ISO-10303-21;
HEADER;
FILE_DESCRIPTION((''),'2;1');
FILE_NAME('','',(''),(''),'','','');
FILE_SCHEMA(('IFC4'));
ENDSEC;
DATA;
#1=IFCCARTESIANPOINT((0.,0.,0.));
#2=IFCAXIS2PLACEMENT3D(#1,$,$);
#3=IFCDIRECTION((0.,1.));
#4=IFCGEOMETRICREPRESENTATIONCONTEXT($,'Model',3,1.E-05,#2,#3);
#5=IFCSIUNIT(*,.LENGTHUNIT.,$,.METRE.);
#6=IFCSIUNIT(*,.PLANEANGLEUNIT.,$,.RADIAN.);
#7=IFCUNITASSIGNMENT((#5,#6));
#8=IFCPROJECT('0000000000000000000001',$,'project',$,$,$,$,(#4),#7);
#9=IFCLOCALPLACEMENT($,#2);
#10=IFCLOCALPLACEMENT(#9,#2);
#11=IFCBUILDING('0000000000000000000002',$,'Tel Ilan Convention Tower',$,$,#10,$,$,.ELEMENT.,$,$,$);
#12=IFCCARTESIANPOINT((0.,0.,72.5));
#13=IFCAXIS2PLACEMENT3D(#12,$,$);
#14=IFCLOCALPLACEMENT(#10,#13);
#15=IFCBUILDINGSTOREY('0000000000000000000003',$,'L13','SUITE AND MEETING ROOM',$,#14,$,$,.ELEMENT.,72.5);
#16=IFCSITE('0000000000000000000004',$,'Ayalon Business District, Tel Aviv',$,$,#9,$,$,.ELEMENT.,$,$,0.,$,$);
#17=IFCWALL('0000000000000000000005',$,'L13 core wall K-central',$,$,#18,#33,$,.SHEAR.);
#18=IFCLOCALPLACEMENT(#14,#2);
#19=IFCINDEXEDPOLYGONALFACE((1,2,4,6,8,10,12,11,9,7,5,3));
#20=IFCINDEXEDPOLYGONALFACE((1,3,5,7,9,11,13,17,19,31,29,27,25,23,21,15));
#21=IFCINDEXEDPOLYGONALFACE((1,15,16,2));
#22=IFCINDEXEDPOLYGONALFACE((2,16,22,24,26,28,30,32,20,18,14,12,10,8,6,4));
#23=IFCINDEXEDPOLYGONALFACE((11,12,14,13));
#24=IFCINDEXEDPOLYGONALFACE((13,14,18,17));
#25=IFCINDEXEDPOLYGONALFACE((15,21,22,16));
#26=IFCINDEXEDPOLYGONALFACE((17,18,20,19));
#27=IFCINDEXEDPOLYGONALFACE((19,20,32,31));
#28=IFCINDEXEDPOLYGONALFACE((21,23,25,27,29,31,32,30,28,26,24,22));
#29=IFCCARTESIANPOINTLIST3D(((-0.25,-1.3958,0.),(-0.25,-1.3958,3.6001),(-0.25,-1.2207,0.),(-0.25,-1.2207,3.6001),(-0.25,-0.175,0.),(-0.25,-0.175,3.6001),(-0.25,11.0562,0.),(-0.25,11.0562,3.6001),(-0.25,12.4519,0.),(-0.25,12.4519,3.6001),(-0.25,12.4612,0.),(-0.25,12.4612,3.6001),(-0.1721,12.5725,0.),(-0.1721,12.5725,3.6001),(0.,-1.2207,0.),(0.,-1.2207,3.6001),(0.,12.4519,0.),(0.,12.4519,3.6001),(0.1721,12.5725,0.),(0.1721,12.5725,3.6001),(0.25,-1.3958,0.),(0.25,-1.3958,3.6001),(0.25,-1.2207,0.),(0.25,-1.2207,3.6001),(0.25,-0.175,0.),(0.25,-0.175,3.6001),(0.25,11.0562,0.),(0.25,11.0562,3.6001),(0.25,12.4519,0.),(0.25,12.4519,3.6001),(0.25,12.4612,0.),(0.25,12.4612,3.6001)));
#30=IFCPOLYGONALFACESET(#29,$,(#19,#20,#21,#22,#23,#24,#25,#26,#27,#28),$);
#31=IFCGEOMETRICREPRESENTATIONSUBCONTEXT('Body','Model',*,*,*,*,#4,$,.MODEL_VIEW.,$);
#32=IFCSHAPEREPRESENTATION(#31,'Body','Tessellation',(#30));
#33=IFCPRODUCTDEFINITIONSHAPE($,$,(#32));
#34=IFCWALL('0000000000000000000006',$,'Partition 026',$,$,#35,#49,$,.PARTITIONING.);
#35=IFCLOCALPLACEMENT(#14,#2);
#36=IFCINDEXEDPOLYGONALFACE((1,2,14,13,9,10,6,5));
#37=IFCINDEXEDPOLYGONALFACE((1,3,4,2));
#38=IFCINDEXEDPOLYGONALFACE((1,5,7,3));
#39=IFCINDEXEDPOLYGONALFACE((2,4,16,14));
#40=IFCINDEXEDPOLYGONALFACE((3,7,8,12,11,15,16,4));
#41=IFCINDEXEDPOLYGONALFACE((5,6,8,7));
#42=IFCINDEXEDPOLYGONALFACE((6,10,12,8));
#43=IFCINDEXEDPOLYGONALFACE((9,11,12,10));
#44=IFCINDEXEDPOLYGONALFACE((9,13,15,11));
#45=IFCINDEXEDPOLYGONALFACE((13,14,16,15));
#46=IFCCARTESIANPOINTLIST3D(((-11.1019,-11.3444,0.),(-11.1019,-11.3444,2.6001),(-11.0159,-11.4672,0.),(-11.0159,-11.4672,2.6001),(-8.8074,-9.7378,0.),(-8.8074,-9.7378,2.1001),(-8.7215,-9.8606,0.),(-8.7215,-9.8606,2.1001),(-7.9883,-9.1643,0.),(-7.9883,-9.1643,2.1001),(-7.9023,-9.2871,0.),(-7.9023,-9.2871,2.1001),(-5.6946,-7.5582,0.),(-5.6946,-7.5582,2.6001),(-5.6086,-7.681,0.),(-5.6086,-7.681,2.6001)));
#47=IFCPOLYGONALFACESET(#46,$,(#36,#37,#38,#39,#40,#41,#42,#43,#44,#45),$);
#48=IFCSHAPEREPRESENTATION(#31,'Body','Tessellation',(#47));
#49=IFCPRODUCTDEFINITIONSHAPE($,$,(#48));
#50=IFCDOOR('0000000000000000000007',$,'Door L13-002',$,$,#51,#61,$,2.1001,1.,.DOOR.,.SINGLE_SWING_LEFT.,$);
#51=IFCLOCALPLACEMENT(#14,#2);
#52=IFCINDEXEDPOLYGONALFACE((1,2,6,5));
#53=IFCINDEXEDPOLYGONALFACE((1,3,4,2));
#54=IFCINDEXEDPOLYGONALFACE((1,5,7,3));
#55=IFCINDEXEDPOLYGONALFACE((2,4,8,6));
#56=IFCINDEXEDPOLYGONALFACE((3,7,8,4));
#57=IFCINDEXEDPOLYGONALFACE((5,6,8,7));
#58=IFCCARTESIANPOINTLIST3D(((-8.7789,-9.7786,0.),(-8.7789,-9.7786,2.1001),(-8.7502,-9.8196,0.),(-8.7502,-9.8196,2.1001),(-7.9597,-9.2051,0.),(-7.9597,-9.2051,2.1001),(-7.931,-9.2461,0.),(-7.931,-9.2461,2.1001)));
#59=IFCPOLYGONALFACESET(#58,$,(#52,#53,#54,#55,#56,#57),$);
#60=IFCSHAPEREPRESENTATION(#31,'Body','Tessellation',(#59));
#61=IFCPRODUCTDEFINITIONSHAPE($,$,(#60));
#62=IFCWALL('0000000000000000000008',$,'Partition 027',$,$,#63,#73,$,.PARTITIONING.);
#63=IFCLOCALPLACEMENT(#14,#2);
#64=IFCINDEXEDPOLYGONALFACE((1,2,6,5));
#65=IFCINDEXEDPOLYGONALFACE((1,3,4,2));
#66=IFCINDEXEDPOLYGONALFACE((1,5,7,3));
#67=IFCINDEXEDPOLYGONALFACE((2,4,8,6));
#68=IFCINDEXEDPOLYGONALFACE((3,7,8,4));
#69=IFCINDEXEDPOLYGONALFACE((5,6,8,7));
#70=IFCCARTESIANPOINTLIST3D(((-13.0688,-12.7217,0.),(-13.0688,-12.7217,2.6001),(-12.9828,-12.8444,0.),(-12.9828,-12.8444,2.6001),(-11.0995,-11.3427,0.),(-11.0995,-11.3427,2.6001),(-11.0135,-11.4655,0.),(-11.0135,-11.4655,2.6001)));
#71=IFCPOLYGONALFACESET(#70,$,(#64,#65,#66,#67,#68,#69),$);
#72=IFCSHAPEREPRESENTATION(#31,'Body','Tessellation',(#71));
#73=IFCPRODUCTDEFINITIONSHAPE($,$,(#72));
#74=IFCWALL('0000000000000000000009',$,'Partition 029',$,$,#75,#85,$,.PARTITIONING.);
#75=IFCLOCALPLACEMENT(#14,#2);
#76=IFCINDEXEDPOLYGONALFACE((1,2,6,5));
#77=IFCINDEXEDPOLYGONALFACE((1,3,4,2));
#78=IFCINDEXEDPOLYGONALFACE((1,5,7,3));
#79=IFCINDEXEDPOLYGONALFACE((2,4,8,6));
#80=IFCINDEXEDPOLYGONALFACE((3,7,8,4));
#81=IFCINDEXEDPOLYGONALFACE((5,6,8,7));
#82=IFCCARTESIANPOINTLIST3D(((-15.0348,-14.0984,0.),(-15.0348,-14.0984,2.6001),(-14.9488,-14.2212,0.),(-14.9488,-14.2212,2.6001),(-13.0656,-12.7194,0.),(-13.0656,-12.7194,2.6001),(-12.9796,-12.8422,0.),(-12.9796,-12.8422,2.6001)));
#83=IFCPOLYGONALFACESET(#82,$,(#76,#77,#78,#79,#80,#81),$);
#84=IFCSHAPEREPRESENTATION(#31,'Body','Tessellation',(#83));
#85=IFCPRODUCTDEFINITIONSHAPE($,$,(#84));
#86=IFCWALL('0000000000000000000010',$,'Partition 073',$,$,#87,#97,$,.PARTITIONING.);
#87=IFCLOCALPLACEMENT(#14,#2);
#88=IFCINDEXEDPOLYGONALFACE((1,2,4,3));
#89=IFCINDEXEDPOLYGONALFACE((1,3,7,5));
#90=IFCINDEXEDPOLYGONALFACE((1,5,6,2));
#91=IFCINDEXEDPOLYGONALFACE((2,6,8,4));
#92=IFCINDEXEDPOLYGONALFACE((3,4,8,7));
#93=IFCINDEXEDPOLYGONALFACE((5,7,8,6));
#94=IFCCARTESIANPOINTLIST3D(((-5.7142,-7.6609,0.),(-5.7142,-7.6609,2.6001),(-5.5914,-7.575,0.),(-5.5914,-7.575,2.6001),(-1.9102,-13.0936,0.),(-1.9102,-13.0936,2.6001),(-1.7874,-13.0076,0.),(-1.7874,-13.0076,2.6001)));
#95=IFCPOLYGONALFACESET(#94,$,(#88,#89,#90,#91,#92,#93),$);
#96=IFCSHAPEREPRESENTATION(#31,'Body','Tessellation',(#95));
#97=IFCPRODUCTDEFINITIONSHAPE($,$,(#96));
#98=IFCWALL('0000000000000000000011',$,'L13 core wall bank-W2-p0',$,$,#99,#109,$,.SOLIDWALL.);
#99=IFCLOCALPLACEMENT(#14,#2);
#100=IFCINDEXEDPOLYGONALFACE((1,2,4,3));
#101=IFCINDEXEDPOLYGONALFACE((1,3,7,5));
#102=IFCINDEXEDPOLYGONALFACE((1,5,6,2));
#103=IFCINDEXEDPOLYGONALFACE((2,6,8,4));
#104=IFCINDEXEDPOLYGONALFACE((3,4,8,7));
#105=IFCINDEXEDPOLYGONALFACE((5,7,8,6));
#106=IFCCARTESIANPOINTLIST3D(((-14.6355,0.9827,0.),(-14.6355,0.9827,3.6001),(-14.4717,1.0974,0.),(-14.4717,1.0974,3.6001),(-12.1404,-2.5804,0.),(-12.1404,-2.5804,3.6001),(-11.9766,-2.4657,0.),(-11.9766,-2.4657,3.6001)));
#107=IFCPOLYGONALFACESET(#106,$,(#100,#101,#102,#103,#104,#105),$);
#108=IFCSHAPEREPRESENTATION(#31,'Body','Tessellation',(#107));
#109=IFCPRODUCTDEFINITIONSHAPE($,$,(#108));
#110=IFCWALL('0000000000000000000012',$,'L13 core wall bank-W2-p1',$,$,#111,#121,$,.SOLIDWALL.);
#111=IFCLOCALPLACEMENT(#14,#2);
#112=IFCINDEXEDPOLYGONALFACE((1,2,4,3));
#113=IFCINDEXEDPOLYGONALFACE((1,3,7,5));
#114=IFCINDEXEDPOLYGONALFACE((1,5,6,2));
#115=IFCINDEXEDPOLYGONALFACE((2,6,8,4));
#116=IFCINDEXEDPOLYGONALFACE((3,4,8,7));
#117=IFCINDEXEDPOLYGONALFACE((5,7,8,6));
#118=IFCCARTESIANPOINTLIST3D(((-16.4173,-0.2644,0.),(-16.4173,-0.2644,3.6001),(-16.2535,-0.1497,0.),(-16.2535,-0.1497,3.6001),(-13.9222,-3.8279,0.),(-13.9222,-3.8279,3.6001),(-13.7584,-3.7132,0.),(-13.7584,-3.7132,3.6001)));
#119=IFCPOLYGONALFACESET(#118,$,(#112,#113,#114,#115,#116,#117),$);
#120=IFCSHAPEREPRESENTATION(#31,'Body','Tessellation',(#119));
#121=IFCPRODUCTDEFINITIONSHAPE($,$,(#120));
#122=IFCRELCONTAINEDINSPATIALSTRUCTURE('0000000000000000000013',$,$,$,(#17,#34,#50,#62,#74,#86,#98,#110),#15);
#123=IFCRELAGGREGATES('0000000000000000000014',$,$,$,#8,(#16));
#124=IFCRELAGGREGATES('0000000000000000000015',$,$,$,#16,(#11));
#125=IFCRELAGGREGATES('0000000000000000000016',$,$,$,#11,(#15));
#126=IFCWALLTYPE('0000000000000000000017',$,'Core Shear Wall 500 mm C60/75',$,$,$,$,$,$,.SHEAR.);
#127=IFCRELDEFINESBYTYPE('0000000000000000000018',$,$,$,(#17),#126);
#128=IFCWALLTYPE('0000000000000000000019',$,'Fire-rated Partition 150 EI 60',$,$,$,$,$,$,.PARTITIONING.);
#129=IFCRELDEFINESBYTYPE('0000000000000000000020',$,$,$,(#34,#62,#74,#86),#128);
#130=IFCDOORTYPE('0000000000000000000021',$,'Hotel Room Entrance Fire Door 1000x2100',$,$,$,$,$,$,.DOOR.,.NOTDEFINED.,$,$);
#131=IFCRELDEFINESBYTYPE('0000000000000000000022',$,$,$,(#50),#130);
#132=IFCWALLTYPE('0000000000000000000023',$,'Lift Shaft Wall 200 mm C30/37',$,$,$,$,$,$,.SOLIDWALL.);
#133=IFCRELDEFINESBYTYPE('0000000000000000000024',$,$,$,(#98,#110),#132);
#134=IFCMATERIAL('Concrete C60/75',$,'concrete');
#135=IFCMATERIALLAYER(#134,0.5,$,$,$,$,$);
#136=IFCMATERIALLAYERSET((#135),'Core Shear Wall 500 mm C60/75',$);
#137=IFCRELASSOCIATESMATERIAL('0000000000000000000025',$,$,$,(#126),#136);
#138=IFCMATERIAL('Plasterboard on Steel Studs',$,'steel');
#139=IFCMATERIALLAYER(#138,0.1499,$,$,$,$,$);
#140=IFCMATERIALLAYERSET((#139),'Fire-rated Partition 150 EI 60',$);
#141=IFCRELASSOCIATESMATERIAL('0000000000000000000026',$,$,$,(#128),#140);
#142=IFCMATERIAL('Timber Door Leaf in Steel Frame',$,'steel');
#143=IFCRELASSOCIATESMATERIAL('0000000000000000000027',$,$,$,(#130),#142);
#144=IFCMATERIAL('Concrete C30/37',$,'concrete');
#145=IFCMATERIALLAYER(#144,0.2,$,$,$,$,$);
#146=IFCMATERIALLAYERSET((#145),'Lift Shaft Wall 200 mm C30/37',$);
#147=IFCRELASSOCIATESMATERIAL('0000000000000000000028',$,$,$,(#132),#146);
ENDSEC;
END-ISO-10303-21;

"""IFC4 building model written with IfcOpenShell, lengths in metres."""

from ifc_helpers import new_model, si_unit, direction, frame, frame_2d, origin, place, context, subcontext, project, spatial, polyline, rectangle, outline, extrude, material, layer, layer_set, type_object, element, fill, save


model = new_model("IFC4")

# Units and contexts
model_context = context("Model", 3, precision=1e-05, world=origin(), true_north=direction((0.0, 1.0)))
body_context = subcontext(model_context, "Body", "Model", "MODEL_VIEW")
ifc_project = project(units=[si_unit("LENGTHUNIT", "METRE"), si_unit("PLANEANGLEUNIT", "RADIAN")], contexts=[model_context])

# Site, building, storey
site_placement = place(None, origin())
site = spatial("IfcSite", under=ifc_project, at=site_placement, Name="Ayalon Business District, Tel Aviv", CompositionType="ELEMENT", RefElevation=0.0)
building_placement = place(site_placement, origin())
building = spatial("IfcBuilding", under=site, at=building_placement, Name="Tel Ilan Convention Tower", CompositionType="ELEMENT")
storey_placement = place(building_placement, frame((0.0, 0.0, 72.5)))
storey = spatial("IfcBuildingStorey", under=building, at=storey_placement, Name="L13", Description="SUITE AND MEETING ROOM", CompositionType="ELEMENT", Elevation=72.5)

# Wall
ifc_material_1 = material(Name="Concrete C60/75", Category="concrete")
ifc_layer_1 = layer(ifc_material_1, 0.5)
ifc_layer_set_1 = layer_set([ifc_layer_1], Name="Core Shear Wall 500 mm C60/75")
wall_type_1 = type_object("IfcWallType", Name="Core Shear Wall 500 mm C60/75", PredefinedType="SHEAR", material=ifc_layer_set_1)
wall_1_placement = place(storey_placement, frame((0.0, -1.3958, 0.0), z_axis=(0.0, 0.0, 1.0), x_axis=(0.0, 1.0, 0.0)))
element("IfcWall", 1, at=wall_1_placement, inside=storey, type_object=wall_type_1, Name="L13 core wall K-central", PredefinedType="SHEAR", context=body_context, shape_type="SweptSolid", body=[
    extrude(outline(polyline([(0.0, -0.25), (0.175, -0.25), (1.2207, -0.25), (12.4519, -0.25), (13.8477, -0.25), (13.8569, -0.25), (13.9683, -0.1721), (13.8477, 0.0), (13.9683, 0.1721), (13.8569, 0.25), (13.8477, 0.25), (12.4519, 0.25), (1.2207, 0.25), (0.175, 0.25), (0.0, 0.25), (0.175, 0.0), (0.0, -0.25)])), origin(), (0.0, 0.0, 1.0), 3.6001),
])

# Wall, opening, door
ifc_material_2 = material(Name="Plasterboard on Steel Studs", Category="steel")
ifc_layer_2 = layer(ifc_material_2, 0.1499)
ifc_layer_set_2 = layer_set([ifc_layer_2], Name="Fire-rated Partition 150 EI 60")
wall_type_2 = type_object("IfcWallType", Name="Fire-rated Partition 150 EI 60", PredefinedType="PARTITIONING", material=ifc_layer_set_2)
wall_2_placement = place(storey_placement, frame((-5.6516, -7.6196, 0.0), z_axis=(0.0, 0.0, 1.0), x_axis=(-0.819155, -0.573572, 0.0)))
wall_2 = element("IfcWall", 2, at=wall_2_placement, inside=storey, type_object=wall_type_2, Name="Partition 026", PredefinedType="PARTITIONING", context=body_context, shape_type="SweptSolid", body=[
    extrude(rectangle(XDim=6.6011, YDim=0.1499, at=frame_2d((3.3005, 0.0))), origin(), (0.0, 0.0, 1.0), 2.6001),
])
opening_1_placement = place(wall_2_placement, frame((2.8, 0.0, 0.0)))
opening_1 = element("IfcOpeningElement", 3, at=opening_1_placement, cuts=wall_2, PredefinedType="OPENING", context=body_context, shape_type="SweptSolid", body=[
    extrude(rectangle(XDim=1.0, YDim=2.1001, at=frame_2d((0.5, 1.05))), frame((0.0, 0.085, 0.0), z_axis=(0.0, -1.0, 0.0), x_axis=(1.0, 0.0, 0.0)), (0.0, 0.0, 1.0), 0.1699),
])
ifc_material_3 = material(Name="Timber Door Leaf in Steel Frame", Category="steel")
door_type_1 = type_object("IfcDoorType", Name="Hotel Room Entrance Fire Door 1000x2100", OperationType="NOTDEFINED", PredefinedType="DOOR", material=ifc_material_3)
door_1_placement = place(opening_1_placement, origin())
door_1 = element("IfcDoor", 4, at=door_1_placement, inside=storey, type_object=door_type_1, Name="Door L13-002", OperationType="SINGLE_SWING_LEFT", OverallHeight=2.1001, OverallWidth=1.0, PredefinedType="DOOR", context=body_context, shape_type="SweptSolid", body=[
    extrude(rectangle(XDim=1.0, YDim=2.1001, at=frame_2d((0.5, 1.05))), frame((0.0, 0.0249, 0.0), z_axis=(0.0, -1.0, 0.0), x_axis=(1.0, 0.0, 0.0)), (0.0, 0.0, 1.0), 0.05),
])
fill(opening_1, door_1)

# Walls
for number, where, z_axis, x_axis, name in (
    (5, (-11.0564, -11.4041, 0.0), (0.0, 0.0, 1.0), (-0.819146, -0.573585, 0.0), "Partition 027"),
    (6, (-13.0225, -12.7808, 0.0), (0.0, 0.0, 1.0), (-0.819146, -0.573585, 0.0), "Partition 029"),
):
    element("IfcWall", number, at=place(storey_placement, frame(where, z_axis=z_axis, x_axis=x_axis)), inside=storey, type_object=wall_type_2, Name=name, PredefinedType="PARTITIONING", context=body_context, shape_type="SweptSolid", body=[
        extrude(rectangle(XDim=2.4041, YDim=0.1499, at=frame_2d((1.2021, 0.0))), origin(), (0.0, 0.0, 1.0), 2.6001),
    ])
wall_3_placement = place(storey_placement, frame((-1.8489, -13.0505, 0.0), z_axis=(0.0, 0.0, 1.0), x_axis=(-0.573576, 0.819152, 0.0)))
element("IfcWall", 7, at=wall_3_placement, inside=storey, type_object=wall_type_2, Name="Partition 073", PredefinedType="PARTITIONING", context=body_context, shape_type="SweptSolid", body=[
    extrude(rectangle(XDim=6.6321, YDim=0.1499, at=frame_2d((3.3159, 0.0))), origin(), (0.0, 0.0, 1.0), 2.6001),
])
ifc_material_4 = material(Name="Concrete C30/37", Category="concrete")
ifc_layer_3 = layer(ifc_material_4, 0.2)
ifc_layer_set_3 = layer_set([ifc_layer_3], Name="Lift Shaft Wall 200 mm C30/37")
wall_type_3 = type_object("IfcWallType", Name="Lift Shaft Wall 200 mm C30/37", PredefinedType="SOLIDWALL", material=ifc_layer_set_3)
wall_4_placement = place(storey_placement, frame((-12.0586, -2.5229, 0.0), z_axis=(0.0, 0.0, 1.0), x_axis=(-0.573594, 0.81914, 0.0)))
element("IfcWall", 8, at=wall_4_placement, inside=storey, type_object=wall_type_3, Name="L13 core wall bank-W2-p0", PredefinedType="SOLIDWALL", context=body_context, shape_type="SweptSolid", body=[
    extrude(rectangle(XDim=4.3499, YDim=0.2, at=frame_2d((2.1748, 0.0))), origin(), (0.0, 0.0, 1.0), 3.6001),
])
wall_5_placement = place(storey_placement, frame((-13.8403, -3.7705, 0.0), z_axis=(0.0, 0.0, 1.0), x_axis=(-0.573568, 0.819158, 0.0)))
element("IfcWall", 9, at=wall_5_placement, inside=storey, type_object=wall_type_3, Name="L13 core wall bank-W2-p1", PredefinedType="SOLIDWALL", context=body_context, shape_type="SweptSolid", body=[
    extrude(rectangle(XDim=4.3501, YDim=0.2, at=frame_2d((2.175, 0.0))), origin(), (0.0, 0.0, 1.0), 3.6001),
])

save(model, "model.ifc")
